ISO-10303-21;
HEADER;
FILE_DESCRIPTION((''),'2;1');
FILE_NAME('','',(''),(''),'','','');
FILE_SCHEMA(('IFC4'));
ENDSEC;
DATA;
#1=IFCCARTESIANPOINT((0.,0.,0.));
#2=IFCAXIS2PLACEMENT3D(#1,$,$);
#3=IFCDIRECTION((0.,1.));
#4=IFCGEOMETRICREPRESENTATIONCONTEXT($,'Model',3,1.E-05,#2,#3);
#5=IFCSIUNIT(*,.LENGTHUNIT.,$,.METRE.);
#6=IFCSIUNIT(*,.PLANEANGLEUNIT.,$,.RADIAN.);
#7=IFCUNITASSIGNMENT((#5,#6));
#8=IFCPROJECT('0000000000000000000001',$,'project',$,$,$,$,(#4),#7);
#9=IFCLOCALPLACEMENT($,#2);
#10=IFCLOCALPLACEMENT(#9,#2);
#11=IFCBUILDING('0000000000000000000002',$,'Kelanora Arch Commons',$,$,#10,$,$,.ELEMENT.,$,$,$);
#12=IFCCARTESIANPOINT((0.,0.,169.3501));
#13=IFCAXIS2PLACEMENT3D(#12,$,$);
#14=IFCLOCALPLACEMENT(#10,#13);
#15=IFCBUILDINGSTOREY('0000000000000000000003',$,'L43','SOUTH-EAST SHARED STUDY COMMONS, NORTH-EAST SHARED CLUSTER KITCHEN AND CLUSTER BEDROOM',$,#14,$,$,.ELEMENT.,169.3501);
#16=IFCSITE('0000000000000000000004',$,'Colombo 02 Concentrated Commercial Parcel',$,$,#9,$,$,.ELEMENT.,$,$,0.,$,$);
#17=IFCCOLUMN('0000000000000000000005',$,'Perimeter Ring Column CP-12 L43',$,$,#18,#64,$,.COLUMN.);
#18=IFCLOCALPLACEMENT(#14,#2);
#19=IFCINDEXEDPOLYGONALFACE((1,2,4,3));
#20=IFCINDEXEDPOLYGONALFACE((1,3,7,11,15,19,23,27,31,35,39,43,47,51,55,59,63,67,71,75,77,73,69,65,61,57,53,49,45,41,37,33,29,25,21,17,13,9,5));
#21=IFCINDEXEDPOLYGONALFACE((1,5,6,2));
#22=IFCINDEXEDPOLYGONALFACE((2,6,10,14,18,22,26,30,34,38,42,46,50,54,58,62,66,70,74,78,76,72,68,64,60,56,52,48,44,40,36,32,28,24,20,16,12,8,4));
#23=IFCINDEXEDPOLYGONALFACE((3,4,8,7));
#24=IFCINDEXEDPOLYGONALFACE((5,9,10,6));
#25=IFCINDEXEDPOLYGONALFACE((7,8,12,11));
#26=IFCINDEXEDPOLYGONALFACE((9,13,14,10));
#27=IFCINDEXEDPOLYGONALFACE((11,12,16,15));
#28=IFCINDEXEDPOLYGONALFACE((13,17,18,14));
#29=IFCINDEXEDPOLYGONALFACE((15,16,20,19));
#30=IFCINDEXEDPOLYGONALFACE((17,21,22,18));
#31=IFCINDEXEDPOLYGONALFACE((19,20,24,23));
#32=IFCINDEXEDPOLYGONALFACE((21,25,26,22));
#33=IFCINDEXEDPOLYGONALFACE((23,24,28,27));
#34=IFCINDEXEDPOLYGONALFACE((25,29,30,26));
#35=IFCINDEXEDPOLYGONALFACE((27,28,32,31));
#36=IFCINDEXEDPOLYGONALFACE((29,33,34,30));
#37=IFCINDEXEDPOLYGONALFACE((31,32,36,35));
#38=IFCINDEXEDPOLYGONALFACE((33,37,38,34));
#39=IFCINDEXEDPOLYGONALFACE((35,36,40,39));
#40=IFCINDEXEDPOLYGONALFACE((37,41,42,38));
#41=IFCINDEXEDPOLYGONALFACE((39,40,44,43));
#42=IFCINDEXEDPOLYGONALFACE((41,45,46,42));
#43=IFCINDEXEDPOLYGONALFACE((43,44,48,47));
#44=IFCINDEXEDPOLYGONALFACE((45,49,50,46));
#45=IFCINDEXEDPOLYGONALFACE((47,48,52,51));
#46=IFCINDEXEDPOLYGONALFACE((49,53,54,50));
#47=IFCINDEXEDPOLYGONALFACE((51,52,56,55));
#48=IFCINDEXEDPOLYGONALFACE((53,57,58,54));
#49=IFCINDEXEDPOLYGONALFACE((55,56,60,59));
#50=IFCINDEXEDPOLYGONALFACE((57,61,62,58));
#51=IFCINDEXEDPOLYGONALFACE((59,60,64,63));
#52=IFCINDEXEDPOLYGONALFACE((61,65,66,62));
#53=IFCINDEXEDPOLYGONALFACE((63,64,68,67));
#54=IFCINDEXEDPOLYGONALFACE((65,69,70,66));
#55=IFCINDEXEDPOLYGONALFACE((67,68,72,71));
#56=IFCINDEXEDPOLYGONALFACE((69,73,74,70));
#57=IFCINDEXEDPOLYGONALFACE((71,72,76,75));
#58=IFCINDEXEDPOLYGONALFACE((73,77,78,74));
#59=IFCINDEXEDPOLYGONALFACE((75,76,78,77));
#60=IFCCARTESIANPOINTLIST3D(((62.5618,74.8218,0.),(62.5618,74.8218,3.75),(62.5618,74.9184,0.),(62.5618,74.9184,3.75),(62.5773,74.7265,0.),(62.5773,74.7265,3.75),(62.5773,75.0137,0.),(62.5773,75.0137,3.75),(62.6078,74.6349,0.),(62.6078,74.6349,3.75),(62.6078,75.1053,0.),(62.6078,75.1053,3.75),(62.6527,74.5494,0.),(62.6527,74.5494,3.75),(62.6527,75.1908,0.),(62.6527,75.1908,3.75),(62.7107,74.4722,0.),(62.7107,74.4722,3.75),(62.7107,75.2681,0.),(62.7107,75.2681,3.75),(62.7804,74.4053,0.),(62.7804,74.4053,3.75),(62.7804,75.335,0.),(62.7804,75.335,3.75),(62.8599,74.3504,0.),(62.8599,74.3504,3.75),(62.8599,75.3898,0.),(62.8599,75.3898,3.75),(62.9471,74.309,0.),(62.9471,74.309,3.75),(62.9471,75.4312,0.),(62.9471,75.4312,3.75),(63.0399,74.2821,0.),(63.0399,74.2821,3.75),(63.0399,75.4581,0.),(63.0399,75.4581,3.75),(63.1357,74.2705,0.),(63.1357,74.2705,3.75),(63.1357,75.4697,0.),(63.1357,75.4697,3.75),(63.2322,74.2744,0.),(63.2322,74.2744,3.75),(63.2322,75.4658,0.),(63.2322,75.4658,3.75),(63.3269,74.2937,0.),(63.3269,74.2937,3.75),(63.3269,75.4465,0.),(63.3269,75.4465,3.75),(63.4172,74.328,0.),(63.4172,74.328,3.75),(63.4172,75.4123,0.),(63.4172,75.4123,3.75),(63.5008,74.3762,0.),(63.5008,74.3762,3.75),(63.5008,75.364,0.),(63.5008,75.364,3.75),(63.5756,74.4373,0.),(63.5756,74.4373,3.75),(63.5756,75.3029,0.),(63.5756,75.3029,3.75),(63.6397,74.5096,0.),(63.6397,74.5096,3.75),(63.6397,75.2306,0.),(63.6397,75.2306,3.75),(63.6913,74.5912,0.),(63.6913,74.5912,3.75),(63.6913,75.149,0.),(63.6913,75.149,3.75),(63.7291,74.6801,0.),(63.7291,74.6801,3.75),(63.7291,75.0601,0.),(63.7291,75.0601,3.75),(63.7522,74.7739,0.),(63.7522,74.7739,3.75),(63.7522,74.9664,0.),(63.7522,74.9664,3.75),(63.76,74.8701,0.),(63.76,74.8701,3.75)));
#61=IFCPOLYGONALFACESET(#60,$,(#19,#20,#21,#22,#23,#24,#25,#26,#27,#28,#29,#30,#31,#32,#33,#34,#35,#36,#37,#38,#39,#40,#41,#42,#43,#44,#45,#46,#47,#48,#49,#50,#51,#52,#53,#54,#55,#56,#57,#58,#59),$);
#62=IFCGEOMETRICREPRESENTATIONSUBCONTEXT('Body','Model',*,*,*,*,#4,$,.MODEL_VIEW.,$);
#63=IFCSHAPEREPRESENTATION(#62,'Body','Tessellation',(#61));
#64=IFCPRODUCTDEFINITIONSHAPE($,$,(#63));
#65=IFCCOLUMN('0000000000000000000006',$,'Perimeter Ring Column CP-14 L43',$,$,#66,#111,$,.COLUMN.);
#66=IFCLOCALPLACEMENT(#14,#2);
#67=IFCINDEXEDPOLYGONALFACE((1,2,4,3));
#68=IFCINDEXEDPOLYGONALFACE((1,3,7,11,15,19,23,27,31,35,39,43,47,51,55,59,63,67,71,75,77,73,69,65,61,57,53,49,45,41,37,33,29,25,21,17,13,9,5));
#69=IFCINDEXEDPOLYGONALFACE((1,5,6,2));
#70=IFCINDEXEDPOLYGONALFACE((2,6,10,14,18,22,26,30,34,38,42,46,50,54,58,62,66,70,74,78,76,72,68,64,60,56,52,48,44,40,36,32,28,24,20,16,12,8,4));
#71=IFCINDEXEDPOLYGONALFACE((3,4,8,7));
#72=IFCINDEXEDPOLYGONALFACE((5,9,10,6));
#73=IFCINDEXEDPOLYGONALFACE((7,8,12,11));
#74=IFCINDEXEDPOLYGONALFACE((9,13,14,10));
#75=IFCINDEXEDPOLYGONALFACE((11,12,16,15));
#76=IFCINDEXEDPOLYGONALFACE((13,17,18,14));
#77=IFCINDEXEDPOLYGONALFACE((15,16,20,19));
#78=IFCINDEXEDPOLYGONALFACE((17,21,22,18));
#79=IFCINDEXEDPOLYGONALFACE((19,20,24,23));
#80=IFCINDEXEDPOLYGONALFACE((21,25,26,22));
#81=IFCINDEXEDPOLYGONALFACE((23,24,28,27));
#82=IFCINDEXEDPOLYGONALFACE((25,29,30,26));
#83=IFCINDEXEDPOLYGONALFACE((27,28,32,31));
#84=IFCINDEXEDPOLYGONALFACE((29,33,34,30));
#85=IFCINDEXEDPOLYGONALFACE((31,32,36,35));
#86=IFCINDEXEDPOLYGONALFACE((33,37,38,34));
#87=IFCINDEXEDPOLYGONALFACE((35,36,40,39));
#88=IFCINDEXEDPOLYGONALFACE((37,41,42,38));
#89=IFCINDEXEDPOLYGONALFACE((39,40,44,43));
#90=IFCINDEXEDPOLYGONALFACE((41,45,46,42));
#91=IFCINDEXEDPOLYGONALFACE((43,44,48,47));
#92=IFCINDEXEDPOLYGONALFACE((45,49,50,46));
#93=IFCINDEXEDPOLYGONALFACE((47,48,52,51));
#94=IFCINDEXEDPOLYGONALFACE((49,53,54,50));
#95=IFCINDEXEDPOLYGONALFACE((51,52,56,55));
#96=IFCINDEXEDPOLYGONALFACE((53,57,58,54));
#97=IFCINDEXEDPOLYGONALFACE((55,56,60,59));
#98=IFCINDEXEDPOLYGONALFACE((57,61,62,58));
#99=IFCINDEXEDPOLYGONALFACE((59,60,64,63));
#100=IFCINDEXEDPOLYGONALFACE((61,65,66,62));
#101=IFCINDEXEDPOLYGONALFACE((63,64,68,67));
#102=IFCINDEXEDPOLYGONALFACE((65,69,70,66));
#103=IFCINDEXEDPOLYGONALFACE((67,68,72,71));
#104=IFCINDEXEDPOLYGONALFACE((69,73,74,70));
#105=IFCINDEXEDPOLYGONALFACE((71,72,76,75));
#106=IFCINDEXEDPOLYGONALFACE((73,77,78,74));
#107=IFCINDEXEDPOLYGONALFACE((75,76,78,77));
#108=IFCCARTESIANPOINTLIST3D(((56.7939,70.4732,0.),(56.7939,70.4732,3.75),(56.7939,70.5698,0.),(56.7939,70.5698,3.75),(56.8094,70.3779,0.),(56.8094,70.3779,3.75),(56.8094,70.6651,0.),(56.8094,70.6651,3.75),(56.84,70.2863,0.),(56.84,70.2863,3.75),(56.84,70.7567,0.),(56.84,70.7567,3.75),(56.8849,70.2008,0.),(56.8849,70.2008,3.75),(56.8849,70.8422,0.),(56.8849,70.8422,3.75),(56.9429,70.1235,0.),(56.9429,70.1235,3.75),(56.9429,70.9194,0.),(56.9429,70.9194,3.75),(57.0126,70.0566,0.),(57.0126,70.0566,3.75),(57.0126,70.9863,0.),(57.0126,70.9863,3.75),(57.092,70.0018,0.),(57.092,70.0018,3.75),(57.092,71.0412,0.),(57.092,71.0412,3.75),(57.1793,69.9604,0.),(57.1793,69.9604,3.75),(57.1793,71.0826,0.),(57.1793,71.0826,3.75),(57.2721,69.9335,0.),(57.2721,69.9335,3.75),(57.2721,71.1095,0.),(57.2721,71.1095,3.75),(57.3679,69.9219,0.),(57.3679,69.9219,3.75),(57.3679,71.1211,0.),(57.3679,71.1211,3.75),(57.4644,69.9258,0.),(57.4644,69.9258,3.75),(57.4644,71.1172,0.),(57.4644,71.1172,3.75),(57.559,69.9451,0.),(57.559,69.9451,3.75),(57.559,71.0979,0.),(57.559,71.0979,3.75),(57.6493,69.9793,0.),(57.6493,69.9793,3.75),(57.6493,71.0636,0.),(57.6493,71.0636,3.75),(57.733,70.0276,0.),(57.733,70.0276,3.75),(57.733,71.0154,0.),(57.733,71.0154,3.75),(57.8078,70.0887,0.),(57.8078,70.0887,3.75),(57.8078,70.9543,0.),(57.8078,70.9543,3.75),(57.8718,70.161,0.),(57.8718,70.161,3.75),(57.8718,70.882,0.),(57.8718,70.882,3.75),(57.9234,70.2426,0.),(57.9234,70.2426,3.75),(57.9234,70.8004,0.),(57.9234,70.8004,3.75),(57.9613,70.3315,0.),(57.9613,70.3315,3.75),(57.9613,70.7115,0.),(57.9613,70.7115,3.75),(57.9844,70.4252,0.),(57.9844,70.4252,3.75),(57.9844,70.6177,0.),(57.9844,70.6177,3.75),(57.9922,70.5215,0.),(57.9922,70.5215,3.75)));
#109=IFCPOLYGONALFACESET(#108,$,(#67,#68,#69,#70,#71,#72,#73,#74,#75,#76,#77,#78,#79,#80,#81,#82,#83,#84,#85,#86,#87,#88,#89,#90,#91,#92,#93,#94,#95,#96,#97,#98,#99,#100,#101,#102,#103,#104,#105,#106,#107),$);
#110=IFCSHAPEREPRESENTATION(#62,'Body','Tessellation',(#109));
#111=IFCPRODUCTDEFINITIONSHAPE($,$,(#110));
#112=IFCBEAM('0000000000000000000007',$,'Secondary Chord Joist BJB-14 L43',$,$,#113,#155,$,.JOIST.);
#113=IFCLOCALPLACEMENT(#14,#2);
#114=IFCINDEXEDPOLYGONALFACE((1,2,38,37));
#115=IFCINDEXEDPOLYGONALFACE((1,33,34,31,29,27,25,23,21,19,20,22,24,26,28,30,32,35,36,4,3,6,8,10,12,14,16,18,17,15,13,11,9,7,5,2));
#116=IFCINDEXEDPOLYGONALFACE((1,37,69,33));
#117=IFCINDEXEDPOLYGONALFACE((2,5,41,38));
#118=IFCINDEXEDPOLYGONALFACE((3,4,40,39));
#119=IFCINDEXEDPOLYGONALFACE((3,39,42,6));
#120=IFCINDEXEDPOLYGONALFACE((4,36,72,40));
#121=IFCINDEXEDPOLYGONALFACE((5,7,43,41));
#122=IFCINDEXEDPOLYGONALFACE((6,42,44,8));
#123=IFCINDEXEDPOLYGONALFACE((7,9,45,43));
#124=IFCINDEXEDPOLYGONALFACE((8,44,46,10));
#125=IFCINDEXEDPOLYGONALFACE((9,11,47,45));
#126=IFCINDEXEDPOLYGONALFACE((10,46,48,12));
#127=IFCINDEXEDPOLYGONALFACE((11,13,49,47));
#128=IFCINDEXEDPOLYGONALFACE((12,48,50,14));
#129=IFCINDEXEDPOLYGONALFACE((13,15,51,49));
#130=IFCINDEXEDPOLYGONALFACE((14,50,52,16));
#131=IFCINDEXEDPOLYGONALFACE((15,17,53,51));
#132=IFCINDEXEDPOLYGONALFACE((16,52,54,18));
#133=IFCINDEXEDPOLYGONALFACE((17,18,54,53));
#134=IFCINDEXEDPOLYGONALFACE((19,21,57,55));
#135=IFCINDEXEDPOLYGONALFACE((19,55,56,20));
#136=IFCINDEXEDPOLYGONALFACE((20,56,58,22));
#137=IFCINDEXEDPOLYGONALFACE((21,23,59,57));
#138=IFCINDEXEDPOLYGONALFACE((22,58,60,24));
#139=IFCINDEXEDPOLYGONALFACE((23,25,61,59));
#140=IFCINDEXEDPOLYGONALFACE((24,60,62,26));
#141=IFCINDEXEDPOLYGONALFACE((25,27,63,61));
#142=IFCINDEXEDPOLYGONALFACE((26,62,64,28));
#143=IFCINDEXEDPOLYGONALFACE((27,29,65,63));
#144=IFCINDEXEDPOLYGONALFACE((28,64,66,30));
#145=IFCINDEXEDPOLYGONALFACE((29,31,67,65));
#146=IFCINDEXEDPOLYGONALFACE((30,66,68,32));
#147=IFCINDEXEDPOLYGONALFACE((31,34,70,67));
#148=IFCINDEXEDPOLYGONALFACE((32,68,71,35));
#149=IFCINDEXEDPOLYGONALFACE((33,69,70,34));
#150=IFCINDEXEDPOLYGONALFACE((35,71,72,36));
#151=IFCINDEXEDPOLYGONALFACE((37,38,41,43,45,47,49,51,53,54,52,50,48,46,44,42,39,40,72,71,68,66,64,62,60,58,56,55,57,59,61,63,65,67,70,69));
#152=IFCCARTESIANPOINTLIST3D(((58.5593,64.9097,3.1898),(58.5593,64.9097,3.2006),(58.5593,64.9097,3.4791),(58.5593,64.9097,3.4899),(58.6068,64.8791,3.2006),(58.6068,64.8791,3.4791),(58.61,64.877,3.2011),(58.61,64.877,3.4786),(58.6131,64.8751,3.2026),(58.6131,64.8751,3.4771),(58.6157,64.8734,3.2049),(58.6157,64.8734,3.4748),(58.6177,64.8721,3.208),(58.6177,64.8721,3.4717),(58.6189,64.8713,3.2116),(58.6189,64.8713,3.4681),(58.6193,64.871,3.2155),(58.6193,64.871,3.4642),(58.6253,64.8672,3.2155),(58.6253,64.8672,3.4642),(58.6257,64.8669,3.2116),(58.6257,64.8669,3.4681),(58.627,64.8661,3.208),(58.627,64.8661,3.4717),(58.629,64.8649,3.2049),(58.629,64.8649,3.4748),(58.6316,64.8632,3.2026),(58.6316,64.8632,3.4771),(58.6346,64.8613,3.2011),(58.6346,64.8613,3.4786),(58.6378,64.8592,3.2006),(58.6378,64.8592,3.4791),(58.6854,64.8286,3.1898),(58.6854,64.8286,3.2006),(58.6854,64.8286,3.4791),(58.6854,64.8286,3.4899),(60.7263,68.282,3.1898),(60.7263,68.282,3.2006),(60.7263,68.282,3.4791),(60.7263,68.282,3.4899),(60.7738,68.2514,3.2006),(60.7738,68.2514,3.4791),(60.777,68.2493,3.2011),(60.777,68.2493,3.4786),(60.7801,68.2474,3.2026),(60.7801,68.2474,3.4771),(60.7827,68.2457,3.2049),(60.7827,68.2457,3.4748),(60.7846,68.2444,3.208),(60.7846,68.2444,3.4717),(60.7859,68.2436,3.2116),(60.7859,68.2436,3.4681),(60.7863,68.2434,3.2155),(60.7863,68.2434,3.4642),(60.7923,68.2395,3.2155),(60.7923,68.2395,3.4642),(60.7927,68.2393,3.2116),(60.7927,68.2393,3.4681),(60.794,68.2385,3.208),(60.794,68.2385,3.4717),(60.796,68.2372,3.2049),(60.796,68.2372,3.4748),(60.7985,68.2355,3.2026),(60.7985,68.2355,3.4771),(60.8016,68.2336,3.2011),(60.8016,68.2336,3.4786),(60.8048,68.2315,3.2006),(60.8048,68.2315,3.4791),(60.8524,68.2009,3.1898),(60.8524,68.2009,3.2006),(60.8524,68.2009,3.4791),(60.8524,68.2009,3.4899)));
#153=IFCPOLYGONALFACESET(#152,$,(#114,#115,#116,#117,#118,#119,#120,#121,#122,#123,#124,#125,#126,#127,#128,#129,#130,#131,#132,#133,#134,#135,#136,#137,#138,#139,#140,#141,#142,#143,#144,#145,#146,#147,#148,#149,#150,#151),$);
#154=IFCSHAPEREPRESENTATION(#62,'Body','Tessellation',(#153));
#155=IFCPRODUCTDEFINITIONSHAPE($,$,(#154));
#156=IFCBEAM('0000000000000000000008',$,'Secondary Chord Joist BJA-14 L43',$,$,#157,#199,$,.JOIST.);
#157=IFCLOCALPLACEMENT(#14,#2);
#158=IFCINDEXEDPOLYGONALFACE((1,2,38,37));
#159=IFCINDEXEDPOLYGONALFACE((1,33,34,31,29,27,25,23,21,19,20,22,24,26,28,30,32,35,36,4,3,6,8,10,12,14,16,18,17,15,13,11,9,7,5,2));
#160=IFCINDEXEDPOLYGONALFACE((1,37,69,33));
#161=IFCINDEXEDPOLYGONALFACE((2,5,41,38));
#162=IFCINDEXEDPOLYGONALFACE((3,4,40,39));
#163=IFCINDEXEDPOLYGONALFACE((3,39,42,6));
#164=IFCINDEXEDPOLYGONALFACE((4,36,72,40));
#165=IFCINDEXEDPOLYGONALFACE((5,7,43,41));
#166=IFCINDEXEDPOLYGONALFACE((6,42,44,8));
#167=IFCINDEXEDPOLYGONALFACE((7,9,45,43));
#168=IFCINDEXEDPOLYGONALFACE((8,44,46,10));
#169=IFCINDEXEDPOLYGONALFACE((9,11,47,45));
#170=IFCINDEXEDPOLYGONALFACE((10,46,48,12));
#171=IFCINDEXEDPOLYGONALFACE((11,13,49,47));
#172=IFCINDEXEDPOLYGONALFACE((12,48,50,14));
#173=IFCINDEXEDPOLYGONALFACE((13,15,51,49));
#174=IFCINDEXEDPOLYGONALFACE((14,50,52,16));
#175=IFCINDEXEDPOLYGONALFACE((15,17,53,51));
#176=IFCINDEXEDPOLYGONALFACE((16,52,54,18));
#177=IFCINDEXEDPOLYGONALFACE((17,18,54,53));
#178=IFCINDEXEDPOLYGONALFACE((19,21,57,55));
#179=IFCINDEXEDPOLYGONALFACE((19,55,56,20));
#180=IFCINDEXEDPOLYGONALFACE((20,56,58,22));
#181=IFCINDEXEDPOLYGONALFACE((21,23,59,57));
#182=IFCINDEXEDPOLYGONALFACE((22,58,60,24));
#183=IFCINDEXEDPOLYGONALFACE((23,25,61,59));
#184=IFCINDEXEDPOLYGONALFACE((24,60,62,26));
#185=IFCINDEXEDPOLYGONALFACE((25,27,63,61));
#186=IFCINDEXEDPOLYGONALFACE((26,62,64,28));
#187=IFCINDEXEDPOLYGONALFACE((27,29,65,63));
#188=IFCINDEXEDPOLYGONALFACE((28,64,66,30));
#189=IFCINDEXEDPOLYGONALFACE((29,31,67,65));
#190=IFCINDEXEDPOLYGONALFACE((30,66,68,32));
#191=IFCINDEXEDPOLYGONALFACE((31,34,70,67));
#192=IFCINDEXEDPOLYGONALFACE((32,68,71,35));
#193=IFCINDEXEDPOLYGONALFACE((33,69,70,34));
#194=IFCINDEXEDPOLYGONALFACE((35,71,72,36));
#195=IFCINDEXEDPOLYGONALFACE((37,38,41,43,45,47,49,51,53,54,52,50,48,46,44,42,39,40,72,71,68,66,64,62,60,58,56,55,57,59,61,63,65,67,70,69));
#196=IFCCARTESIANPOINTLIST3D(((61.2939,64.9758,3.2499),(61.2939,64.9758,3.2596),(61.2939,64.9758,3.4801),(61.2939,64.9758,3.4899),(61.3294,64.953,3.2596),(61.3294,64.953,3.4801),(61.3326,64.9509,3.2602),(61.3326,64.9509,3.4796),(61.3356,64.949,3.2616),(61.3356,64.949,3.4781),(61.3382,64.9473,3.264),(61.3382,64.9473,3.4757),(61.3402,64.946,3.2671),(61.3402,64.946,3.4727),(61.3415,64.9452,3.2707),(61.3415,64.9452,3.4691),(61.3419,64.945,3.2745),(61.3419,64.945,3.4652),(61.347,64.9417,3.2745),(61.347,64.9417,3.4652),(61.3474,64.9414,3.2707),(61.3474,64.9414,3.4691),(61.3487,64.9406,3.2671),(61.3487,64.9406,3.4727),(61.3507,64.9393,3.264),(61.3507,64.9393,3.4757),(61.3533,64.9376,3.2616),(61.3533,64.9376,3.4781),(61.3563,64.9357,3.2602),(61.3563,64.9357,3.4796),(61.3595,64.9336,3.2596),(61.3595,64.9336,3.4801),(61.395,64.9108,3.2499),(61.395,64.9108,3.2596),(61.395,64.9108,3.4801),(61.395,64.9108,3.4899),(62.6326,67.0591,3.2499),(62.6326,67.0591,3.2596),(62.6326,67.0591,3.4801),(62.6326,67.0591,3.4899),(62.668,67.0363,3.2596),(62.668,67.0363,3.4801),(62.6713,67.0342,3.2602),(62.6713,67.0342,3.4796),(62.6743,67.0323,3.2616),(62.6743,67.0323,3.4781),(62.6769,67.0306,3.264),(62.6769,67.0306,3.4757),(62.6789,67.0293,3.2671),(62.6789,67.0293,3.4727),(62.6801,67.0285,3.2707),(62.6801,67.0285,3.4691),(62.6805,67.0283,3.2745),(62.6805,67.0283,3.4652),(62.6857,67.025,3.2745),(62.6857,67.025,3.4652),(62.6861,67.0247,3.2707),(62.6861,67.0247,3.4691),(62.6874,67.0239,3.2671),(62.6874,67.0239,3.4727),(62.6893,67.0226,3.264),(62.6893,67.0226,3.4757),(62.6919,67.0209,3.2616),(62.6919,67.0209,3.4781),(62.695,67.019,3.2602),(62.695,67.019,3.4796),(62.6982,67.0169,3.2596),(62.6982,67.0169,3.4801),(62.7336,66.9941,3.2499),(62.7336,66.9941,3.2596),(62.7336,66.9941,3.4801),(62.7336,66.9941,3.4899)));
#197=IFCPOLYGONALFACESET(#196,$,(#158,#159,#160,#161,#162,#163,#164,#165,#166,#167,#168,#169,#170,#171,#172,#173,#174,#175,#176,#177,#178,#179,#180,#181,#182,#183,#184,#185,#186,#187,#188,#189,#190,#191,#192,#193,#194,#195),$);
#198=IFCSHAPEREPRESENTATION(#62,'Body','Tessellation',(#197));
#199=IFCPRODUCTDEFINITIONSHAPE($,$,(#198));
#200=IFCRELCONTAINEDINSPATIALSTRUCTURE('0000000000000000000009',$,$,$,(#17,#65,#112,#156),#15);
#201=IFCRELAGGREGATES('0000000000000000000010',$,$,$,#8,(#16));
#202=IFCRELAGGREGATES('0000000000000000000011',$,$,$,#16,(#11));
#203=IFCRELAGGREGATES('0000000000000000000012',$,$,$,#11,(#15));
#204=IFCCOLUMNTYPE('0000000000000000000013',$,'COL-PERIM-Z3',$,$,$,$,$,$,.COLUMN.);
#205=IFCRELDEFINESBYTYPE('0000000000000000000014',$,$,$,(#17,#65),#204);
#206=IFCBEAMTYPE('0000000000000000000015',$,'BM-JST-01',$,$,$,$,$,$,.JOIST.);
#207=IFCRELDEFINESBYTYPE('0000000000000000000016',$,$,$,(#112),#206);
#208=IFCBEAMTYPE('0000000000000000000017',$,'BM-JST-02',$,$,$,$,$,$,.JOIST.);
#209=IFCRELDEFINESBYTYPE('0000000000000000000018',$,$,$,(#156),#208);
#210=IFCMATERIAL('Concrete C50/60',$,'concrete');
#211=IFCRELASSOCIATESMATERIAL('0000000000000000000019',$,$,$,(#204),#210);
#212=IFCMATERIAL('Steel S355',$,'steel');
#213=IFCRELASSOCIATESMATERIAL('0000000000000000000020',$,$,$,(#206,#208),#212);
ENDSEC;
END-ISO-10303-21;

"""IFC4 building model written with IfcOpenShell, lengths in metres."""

from ifc_helpers import new_model, si_unit, direction, frame, origin, origin_2d, place, context, subcontext, project, spatial, circle, i_section, extrude, material, material_profile, profile_set, type_object, element, save


model = new_model("IFC4")

# Units and contexts
model_context = context("Model", 3, precision=1e-05, world=origin(), true_north=direction((0.0, 1.0)))
body_context = subcontext(model_context, "Body", "Model", "MODEL_VIEW")
ifc_project = project(units=[si_unit("LENGTHUNIT", "METRE"), si_unit("PLANEANGLEUNIT", "RADIAN")], contexts=[model_context])

# Site, building, storey
site_placement = place(None, origin())
site = spatial("IfcSite", under=ifc_project, at=site_placement, Name="Colombo 02 Concentrated Commercial Parcel", CompositionType="ELEMENT", RefElevation=0.0)
building_placement = place(site_placement, origin())
building = spatial("IfcBuilding", under=site, at=building_placement, Name="Kelanora Arch Commons", CompositionType="ELEMENT")
storey_placement = place(building_placement, frame((0.0, 0.0, 169.3501)))
storey = spatial("IfcBuildingStorey", under=building, at=storey_placement, Name="L43", Description="SOUTH-EAST SHARED STUDY COMMONS, NORTH-EAST SHARED CLUSTER KITCHEN AND CLUSTER BEDROOM", CompositionType="ELEMENT", Elevation=169.3501)

# Columns
ifc_material_1 = material(Name="Concrete C50/60", Category="concrete")
ifc_material_profile_1 = material_profile(ifc_material_1, circle(Radius=0.6001, at=origin_2d()), Name="RCC1200")
ifc_profile_set_1 = profile_set([ifc_material_profile_1], Name="Concrete C50/60")
column_type = type_object("IfcColumnType", Name="COL-PERIM-Z3", PredefinedType="COLUMN", material=ifc_profile_set_1)
for number, where, z_axis, x_axis, name in (
    (1, (63.1599, 74.8701, 0.0), (0.0, 0.0, 1.0), (1.0, 0.0, 0.0), "Perimeter Ring Column CP-12 L43"),
    (2, (57.3921, 70.5215, 0.0), (0.0, 0.0, 1.0), (1.0, 0.0, 0.0), "Perimeter Ring Column CP-14 L43"),
):
    element("IfcColumn", number, at=place(storey_placement, frame(where, z_axis=z_axis, x_axis=x_axis)), inside=storey, type_object=column_type, Name=name, PredefinedType="COLUMN", context=body_context, shape_type="SweptSolid", body=[
        extrude(circle(Radius=0.6001, at=origin_2d()), origin(), (0.0, 0.0, 1.0), 3.75),
    ])

# Beams
ifc_material_2 = material(Name="Steel S355", Category="steel")
ifc_material_profile_2 = material_profile(ifc_material_2, i_section(OverallWidth=0.1499, OverallDepth=0.3, WebThickness=0.0071, FlangeThickness=0.0107, FilletRadius=0.0149, at=origin_2d()), Name="IPE300")
ifc_profile_set_2 = profile_set([ifc_material_profile_2], Name="Steel S355")
beam_type_1 = type_object("IfcBeamType", Name="BM-JST-01", PredefinedType="JOIST", material=ifc_profile_set_2)
beam_1_placement = place(storey_placement, frame((60.7893, 68.2415, 3.3398), z_axis=(-0.540594, -0.841283, 0.0), x_axis=(0.841283, -0.540594, 0.0)))
element("IfcBeam", 3, at=beam_1_placement, inside=storey, type_object=beam_type_1, Name="Secondary Chord Joist BJB-14 L43", PredefinedType="JOIST", context=body_context, shape_type="SweptSolid", body=[
    extrude(i_section(OverallWidth=0.1499, OverallDepth=0.3, WebThickness=0.0071, FlangeThickness=0.0107, FilletRadius=0.0149, at=origin_2d()), origin(), (0.0, 0.0, 1.0), 4.0085),
])
ifc_material_profile_3 = material_profile(ifc_material_2, i_section(OverallWidth=0.1201, OverallDepth=0.24, WebThickness=0.0061, FlangeThickness=0.0098, FilletRadius=0.0149, at=origin_2d()), Name="IPE240")
ifc_profile_set_3 = profile_set([ifc_material_profile_3], Name="Steel S355")
beam_type_2 = type_object("IfcBeamType", Name="BM-JST-02", PredefinedType="JOIST", material=ifc_profile_set_3)
beam_2_placement = place(storey_placement, frame((62.6831, 67.0266, 3.3699), z_axis=(-0.540583, -0.841291, 0.0), x_axis=(0.841291, -0.540583, 0.0)))
element("IfcBeam", 4, at=beam_2_placement, inside=storey, type_object=beam_type_2, Name="Secondary Chord Joist BJA-14 L43", PredefinedType="JOIST", context=body_context, shape_type="SweptSolid", body=[
    extrude(i_section(OverallWidth=0.1201, OverallDepth=0.24, WebThickness=0.0061, FlangeThickness=0.0098, FilletRadius=0.0149, at=origin_2d()), origin(), (0.0, 0.0, 1.0), 2.4763),
])

save(model, "model.ifc")
